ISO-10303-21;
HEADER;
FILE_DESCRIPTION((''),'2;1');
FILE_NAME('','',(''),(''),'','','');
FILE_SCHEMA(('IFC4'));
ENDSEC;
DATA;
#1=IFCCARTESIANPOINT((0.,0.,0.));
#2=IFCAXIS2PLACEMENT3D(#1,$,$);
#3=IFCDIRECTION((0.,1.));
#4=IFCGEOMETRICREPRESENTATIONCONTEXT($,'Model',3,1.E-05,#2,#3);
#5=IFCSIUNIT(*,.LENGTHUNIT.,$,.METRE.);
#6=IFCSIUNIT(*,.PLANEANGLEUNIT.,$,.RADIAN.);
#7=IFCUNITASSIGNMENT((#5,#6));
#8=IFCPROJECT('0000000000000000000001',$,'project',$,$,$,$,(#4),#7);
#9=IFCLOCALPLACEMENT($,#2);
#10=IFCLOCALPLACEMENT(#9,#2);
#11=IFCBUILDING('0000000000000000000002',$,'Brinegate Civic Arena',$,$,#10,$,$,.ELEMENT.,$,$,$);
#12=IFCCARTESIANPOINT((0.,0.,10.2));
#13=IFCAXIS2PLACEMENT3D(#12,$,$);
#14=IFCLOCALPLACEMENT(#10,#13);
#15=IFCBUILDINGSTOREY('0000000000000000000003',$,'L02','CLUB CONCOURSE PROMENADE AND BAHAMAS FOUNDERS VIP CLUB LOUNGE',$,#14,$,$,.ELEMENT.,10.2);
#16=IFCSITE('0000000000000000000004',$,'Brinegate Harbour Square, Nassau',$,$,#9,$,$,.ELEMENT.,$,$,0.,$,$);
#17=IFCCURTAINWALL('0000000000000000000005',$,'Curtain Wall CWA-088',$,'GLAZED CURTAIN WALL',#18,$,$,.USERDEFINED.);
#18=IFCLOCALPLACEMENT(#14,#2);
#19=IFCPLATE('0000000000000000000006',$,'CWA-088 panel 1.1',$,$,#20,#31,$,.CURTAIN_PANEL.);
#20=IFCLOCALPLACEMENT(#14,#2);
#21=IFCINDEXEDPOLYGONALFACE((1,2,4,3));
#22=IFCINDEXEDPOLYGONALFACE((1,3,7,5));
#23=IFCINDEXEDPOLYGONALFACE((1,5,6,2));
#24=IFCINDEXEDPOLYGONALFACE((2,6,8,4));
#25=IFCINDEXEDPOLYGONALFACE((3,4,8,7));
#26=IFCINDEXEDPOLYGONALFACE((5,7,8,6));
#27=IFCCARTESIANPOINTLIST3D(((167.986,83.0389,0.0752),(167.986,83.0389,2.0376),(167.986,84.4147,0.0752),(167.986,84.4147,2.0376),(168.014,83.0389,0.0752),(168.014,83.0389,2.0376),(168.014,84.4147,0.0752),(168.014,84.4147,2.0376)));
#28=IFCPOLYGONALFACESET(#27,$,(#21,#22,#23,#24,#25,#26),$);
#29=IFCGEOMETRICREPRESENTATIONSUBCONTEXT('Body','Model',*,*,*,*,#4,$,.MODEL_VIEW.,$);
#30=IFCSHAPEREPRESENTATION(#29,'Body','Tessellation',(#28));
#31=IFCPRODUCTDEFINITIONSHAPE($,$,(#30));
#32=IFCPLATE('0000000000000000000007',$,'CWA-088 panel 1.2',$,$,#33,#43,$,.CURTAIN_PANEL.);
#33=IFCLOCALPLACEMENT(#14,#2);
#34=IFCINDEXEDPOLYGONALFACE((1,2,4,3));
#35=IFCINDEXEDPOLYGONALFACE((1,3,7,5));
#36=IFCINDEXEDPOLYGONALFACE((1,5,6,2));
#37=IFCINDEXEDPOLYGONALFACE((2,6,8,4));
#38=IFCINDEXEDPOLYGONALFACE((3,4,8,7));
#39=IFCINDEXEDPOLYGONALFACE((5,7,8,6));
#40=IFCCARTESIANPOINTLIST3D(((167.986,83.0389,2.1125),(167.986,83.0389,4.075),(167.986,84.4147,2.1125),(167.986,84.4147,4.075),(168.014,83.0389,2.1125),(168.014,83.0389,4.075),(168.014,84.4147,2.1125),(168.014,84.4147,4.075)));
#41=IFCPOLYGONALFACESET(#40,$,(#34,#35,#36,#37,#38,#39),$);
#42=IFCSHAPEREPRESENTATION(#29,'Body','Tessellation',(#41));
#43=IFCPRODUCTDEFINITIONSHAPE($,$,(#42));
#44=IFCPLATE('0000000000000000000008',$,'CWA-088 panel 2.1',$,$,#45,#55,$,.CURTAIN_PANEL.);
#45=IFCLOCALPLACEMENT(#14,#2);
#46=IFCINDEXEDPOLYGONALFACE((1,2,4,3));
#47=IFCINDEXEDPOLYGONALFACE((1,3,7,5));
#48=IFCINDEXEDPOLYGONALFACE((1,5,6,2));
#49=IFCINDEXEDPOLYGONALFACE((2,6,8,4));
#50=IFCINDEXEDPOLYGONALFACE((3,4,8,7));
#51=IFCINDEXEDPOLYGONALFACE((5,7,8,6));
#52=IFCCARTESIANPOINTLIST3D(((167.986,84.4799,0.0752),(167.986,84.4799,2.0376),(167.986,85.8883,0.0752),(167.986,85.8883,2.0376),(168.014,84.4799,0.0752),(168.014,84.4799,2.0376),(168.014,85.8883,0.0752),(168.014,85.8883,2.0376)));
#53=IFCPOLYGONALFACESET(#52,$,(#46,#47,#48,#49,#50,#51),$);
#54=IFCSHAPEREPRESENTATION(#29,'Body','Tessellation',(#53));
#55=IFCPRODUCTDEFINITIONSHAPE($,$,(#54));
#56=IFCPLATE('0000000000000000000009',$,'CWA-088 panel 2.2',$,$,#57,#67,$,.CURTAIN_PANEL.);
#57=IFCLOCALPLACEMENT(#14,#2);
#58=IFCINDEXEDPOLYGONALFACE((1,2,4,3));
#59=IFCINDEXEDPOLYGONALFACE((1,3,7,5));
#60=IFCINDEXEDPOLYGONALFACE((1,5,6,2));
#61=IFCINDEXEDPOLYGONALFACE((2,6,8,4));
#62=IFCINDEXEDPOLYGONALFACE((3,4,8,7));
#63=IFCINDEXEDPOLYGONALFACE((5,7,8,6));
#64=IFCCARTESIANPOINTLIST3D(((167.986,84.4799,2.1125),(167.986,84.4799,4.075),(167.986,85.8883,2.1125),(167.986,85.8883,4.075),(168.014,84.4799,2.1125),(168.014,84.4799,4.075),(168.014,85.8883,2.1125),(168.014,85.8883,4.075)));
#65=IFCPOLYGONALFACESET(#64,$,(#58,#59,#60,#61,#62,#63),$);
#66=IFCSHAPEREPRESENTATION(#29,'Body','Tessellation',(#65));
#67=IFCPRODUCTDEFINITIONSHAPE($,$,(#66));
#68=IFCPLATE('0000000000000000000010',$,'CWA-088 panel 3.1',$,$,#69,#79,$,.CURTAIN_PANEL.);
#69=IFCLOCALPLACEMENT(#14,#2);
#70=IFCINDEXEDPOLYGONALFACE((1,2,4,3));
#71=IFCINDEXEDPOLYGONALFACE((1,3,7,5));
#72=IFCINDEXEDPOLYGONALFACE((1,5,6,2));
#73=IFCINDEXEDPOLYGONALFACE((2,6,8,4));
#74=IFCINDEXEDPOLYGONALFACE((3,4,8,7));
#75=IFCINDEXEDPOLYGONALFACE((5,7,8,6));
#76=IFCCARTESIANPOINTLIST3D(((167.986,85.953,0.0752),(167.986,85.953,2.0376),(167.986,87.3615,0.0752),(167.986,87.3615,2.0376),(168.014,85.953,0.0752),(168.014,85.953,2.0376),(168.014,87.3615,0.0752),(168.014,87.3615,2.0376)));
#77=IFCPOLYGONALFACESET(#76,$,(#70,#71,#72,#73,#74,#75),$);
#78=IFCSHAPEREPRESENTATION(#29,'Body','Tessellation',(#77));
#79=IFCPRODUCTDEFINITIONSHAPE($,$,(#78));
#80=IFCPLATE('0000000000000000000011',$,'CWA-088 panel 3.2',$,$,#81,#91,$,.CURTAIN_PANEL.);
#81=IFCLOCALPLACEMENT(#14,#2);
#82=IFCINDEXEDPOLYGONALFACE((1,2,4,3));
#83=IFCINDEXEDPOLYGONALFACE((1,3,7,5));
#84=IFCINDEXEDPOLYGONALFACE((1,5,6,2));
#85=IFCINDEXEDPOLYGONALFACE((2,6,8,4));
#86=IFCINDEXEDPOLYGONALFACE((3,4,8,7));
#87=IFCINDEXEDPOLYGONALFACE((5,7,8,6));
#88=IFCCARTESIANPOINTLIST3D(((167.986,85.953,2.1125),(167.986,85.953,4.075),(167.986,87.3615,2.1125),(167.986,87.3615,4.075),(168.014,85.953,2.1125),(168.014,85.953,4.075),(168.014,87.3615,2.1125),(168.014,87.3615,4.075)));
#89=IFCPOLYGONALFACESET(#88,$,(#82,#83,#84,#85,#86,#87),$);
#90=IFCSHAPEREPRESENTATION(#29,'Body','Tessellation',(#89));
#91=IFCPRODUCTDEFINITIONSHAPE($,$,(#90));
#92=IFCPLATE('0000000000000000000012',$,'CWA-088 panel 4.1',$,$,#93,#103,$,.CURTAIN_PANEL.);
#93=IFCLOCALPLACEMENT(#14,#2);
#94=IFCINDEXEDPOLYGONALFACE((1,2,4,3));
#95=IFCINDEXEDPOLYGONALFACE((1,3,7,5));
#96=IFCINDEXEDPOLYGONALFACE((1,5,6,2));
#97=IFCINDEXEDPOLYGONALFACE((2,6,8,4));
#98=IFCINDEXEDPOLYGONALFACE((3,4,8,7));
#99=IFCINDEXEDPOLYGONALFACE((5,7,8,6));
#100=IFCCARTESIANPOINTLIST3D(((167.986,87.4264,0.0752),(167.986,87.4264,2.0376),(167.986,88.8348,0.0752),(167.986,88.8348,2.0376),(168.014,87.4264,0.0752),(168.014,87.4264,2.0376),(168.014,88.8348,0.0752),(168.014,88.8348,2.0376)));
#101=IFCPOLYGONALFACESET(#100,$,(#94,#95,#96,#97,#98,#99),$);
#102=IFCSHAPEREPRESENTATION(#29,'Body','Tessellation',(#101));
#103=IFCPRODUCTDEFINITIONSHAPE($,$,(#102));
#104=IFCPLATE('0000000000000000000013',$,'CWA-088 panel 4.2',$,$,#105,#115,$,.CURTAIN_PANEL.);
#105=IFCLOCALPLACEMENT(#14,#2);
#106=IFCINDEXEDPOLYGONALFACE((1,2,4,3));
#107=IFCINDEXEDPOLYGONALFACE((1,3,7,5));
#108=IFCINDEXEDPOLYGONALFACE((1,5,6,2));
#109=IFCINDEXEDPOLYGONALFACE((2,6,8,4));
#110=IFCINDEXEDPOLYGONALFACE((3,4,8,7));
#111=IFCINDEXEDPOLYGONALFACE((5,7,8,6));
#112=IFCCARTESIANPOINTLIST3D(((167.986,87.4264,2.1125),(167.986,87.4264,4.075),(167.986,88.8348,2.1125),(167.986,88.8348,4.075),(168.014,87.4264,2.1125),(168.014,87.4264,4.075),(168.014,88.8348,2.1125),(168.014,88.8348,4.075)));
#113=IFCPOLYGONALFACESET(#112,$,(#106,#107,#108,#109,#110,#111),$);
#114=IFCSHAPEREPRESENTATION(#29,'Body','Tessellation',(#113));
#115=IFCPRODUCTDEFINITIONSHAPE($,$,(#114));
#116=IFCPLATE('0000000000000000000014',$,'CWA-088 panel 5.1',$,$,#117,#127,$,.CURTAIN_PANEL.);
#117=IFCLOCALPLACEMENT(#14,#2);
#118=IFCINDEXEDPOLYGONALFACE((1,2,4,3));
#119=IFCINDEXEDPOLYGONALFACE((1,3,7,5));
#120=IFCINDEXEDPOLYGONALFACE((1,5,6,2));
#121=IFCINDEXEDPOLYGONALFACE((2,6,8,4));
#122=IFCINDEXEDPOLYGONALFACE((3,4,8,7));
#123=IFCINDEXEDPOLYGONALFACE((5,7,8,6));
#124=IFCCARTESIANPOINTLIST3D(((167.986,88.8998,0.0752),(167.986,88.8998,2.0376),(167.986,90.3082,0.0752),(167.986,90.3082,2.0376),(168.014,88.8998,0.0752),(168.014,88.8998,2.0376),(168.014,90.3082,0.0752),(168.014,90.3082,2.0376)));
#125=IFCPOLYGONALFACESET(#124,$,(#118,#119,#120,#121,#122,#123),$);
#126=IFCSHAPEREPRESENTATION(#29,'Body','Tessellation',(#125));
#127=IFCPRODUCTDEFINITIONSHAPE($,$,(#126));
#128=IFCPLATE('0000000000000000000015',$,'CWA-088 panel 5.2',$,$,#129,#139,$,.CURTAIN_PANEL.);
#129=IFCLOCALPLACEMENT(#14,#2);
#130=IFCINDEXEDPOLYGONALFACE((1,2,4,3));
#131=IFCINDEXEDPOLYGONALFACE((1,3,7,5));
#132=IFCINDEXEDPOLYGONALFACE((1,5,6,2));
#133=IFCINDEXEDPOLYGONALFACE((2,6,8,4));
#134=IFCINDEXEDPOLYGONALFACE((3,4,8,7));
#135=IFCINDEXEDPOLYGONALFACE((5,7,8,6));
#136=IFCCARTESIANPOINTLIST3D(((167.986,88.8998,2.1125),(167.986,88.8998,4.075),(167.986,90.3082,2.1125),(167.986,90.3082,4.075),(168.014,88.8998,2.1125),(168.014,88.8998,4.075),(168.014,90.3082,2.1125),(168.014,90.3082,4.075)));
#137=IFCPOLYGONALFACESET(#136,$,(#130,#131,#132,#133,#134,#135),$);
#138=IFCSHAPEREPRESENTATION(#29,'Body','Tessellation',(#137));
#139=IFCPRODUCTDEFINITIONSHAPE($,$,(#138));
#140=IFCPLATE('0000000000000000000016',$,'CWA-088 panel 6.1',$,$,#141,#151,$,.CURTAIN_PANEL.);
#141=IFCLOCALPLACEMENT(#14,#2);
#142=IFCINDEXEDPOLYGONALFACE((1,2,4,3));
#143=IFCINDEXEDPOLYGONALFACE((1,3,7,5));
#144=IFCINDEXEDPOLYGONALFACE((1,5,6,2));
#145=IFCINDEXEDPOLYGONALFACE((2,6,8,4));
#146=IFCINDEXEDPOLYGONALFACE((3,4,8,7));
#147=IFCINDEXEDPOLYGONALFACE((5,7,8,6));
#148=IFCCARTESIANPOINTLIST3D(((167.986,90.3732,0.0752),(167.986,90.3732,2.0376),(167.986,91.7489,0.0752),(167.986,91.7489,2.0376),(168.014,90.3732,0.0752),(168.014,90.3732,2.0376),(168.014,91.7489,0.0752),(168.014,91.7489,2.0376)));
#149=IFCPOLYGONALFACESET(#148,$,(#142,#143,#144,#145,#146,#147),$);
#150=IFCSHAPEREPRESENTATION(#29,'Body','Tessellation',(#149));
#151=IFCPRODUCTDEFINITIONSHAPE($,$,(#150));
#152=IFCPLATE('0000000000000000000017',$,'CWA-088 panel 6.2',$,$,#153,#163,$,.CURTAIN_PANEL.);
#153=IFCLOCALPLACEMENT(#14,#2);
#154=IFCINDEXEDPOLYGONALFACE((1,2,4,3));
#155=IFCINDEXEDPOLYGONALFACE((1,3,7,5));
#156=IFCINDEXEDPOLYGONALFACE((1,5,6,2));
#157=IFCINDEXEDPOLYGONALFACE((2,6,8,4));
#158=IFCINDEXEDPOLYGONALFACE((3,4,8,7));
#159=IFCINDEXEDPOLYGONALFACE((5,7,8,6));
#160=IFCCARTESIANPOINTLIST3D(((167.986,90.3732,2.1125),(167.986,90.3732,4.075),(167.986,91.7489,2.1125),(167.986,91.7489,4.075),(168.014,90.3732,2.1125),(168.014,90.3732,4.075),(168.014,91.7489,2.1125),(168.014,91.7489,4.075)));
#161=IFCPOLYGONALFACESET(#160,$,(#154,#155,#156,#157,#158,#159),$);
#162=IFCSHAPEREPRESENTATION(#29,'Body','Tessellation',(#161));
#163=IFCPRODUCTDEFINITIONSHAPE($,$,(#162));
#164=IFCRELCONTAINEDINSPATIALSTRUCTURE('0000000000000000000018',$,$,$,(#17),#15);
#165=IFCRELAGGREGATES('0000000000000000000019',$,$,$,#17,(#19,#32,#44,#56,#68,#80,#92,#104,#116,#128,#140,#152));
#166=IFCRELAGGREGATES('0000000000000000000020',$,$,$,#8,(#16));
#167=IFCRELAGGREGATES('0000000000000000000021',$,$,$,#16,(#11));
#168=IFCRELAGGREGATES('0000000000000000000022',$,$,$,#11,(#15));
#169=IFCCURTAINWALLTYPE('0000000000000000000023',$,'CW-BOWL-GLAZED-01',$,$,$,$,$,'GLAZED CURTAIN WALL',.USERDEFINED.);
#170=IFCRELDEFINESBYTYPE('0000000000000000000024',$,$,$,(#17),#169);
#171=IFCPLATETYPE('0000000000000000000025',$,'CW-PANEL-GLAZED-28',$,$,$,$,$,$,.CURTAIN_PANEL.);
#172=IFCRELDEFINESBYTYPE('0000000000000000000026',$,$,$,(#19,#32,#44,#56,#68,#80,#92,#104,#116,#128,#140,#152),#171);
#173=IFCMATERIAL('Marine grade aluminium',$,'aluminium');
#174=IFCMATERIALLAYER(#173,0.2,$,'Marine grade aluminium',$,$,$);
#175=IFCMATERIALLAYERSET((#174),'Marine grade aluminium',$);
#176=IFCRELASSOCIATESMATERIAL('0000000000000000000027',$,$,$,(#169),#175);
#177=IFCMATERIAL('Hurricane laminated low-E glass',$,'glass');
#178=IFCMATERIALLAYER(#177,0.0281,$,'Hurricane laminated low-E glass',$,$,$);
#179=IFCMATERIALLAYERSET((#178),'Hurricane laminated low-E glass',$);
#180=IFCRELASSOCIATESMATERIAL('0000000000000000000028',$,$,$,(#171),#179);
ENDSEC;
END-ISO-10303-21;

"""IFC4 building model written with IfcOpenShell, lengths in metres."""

from ifc_helpers import new_model, si_unit, direction, frame, origin, origin_2d, place, context, subcontext, project, spatial, rectangle, extrude, material, layer, layer_set, type_object, element, aggregate, save


model = new_model("IFC4")

# Units and contexts
model_context = context("Model", 3, precision=1e-05, world=origin(), true_north=direction((0.0, 1.0)))
body_context = subcontext(model_context, "Body", "Model", "MODEL_VIEW")
ifc_project = project(units=[si_unit("LENGTHUNIT", "METRE"), si_unit("PLANEANGLEUNIT", "RADIAN")], contexts=[model_context])

# Site, building, storey
site_placement = place(None, origin())
site = spatial("IfcSite", under=ifc_project, at=site_placement, Name="Brinegate Harbour Square, Nassau", CompositionType="ELEMENT", RefElevation=0.0)
building_placement = place(site_placement, origin())
building = spatial("IfcBuilding", under=site, at=building_placement, Name="Brinegate Civic Arena", CompositionType="ELEMENT")
storey_placement = place(building_placement, frame((0.0, 0.0, 10.2)))
storey = spatial("IfcBuildingStorey", under=building, at=storey_placement, Name="L02", Description="CLUB CONCOURSE PROMENADE AND BAHAMAS FOUNDERS VIP CLUB LOUNGE", CompositionType="ELEMENT", Elevation=10.2)

# Curtain wall
ifc_material_1 = material(Name="Marine grade aluminium", Category="aluminium")
ifc_layer_1 = layer(ifc_material_1, 0.2, Name="Marine grade aluminium")
ifc_layer_set_1 = layer_set([ifc_layer_1], Name="Marine grade aluminium")
curtain_wall_type = type_object("IfcCurtainWallType", Name="CW-BOWL-GLAZED-01", ElementType="GLAZED CURTAIN WALL", PredefinedType="USERDEFINED", material=ifc_layer_set_1)
curtain_wall_placement = place(storey_placement, origin())
curtain_wall = element("IfcCurtainWall", 1, at=curtain_wall_placement, inside=storey, type_object=curtain_wall_type, Name="Curtain Wall CWA-088", ObjectType="GLAZED CURTAIN WALL", PredefinedType="USERDEFINED")

# Plates
ifc_material_2 = material(Name="Hurricane laminated low-E glass", Category="glass")
ifc_layer_2 = layer(ifc_material_2, 0.0281, Name="Hurricane laminated low-E glass")
ifc_layer_set_2 = layer_set([ifc_layer_2], Name="Hurricane laminated low-E glass")
plate_type = type_object("IfcPlateType", Name="CW-PANEL-GLAZED-28", PredefinedType="CURTAIN_PANEL", material=ifc_layer_set_2)
plate_1_placement = place(storey_placement, frame((168.0, 83.7268, 0.0752), z_axis=(0.0, 0.0, 1.0), x_axis=(0.0, 1.0, 0.0)))
plate_1 = element("IfcPlate", 2, at=plate_1_placement, type_object=plate_type, Name="CWA-088 panel 1.1", PredefinedType="CURTAIN_PANEL", context=body_context, shape_type="SweptSolid", body=[
    extrude(rectangle(XDim=1.3757, YDim=0.0281, at=origin_2d()), origin(), (0.0, 0.0, 1.0), 1.9624),
])
plate_2_placement = place(storey_placement, frame((168.0, 83.7268, 2.1125), z_axis=(0.0, 0.0, 1.0), x_axis=(0.0, 1.0, 0.0)))
plate_2 = element("IfcPlate", 3, at=plate_2_placement, type_object=plate_type, Name="CWA-088 panel 1.2", PredefinedType="CURTAIN_PANEL", context=body_context, shape_type="SweptSolid", body=[
    extrude(rectangle(XDim=1.3757, YDim=0.0281, at=origin_2d()), origin(), (0.0, 0.0, 1.0), 1.9624),
])
plate_3_placement = place(storey_placement, frame((168.0, 85.1841, 0.0752), z_axis=(0.0, 0.0, 1.0), x_axis=(0.0, 1.0, 0.0)))
plate_3 = element("IfcPlate", 4, at=plate_3_placement, type_object=plate_type, Name="CWA-088 panel 2.1", PredefinedType="CURTAIN_PANEL", context=body_context, shape_type="SweptSolid", body=[
    extrude(rectangle(XDim=1.4084, YDim=0.0281, at=origin_2d()), origin(), (0.0, 0.0, 1.0), 1.9624),
])
plate_4_placement = place(storey_placement, frame((168.0, 85.1841, 2.1125), z_axis=(0.0, 0.0, 1.0), x_axis=(0.0, 1.0, 0.0)))
plate_4 = element("IfcPlate", 5, at=plate_4_placement, type_object=plate_type, Name="CWA-088 panel 2.2", PredefinedType="CURTAIN_PANEL", context=body_context, shape_type="SweptSolid", body=[
    extrude(rectangle(XDim=1.4084, YDim=0.0281, at=origin_2d()), origin(), (0.0, 0.0, 1.0), 1.9624),
])
plate_5_placement = place(storey_placement, frame((168.0, 86.6572, 0.0752), z_axis=(0.0, 0.0, 1.0), x_axis=(0.0, 1.0, 0.0)))
plate_5 = element("IfcPlate", 6, at=plate_5_placement, type_object=plate_type, Name="CWA-088 panel 3.1", PredefinedType="CURTAIN_PANEL", context=body_context, shape_type="SweptSolid", body=[
    extrude(rectangle(XDim=1.4084, YDim=0.0281, at=origin_2d()), origin(), (0.0, 0.0, 1.0), 1.9624),
])
plate_6_placement = place(storey_placement, frame((168.0, 86.6572, 2.1125), z_axis=(0.0, 0.0, 1.0), x_axis=(0.0, 1.0, 0.0)))
plate_6 = element("IfcPlate", 7, at=plate_6_placement, type_object=plate_type, Name="CWA-088 panel 3.2", PredefinedType="CURTAIN_PANEL", context=body_context, shape_type="SweptSolid", body=[
    extrude(rectangle(XDim=1.4084, YDim=0.0281, at=origin_2d()), origin(), (0.0, 0.0, 1.0), 1.9624),
])
plate_7_placement = place(storey_placement, frame((168.0, 88.1306, 0.0752), z_axis=(0.0, 0.0, 1.0), x_axis=(0.0, 1.0, 0.0)))
plate_7 = element("IfcPlate", 8, at=plate_7_placement, type_object=plate_type, Name="CWA-088 panel 4.1", PredefinedType="CURTAIN_PANEL", context=body_context, shape_type="SweptSolid", body=[
    extrude(rectangle(XDim=1.4084, YDim=0.0281, at=origin_2d()), origin(), (0.0, 0.0, 1.0), 1.9624),
])
plate_8_placement = place(storey_placement, frame((168.0, 88.1306, 2.1125), z_axis=(0.0, 0.0, 1.0), x_axis=(0.0, 1.0, 0.0)))
plate_8 = element("IfcPlate", 9, at=plate_8_placement, type_object=plate_type, Name="CWA-088 panel 4.2", PredefinedType="CURTAIN_PANEL", context=body_context, shape_type="SweptSolid", body=[
    extrude(rectangle(XDim=1.4084, YDim=0.0281, at=origin_2d()), origin(), (0.0, 0.0, 1.0), 1.9624),
])
plate_9_placement = place(storey_placement, frame((168.0, 89.604, 0.0752), z_axis=(0.0, 0.0, 1.0), x_axis=(0.0, 1.0, 0.0)))
plate_9 = element("IfcPlate", 10, at=plate_9_placement, type_object=plate_type, Name="CWA-088 panel 5.1", PredefinedType="CURTAIN_PANEL", context=body_context, shape_type="SweptSolid", body=[
    extrude(rectangle(XDim=1.4084, YDim=0.0281, at=origin_2d()), origin(), (0.0, 0.0, 1.0), 1.9624),
])
plate_10_placement = place(storey_placement, frame((168.0, 89.604, 2.1125), z_axis=(0.0, 0.0, 1.0), x_axis=(0.0, 1.0, 0.0)))
plate_10 = element("IfcPlate", 11, at=plate_10_placement, type_object=plate_type, Name="CWA-088 panel 5.2", PredefinedType="CURTAIN_PANEL", context=body_context, shape_type="SweptSolid", body=[
    extrude(rectangle(XDim=1.4084, YDim=0.0281, at=origin_2d()), origin(), (0.0, 0.0, 1.0), 1.9624),
])
plate_11_placement = place(storey_placement, frame((168.0, 91.061, 0.0752), z_axis=(0.0, 0.0, 1.0), x_axis=(0.0, 1.0, 0.0)))
plate_11 = element("IfcPlate", 12, at=plate_11_placement, type_object=plate_type, Name="CWA-088 panel 6.1", PredefinedType="CURTAIN_PANEL", context=body_context, shape_type="SweptSolid", body=[
    extrude(rectangle(XDim=1.3757, YDim=0.0281, at=origin_2d()), origin(), (0.0, 0.0, 1.0), 1.9624),
])
plate_12_placement = place(storey_placement, frame((168.0, 91.061, 2.1125), z_axis=(0.0, 0.0, 1.0), x_axis=(0.0, 1.0, 0.0)))
plate_12 = element("IfcPlate", 13, at=plate_12_placement, type_object=plate_type, Name="CWA-088 panel 6.2", PredefinedType="CURTAIN_PANEL", context=body_context, shape_type="SweptSolid", body=[
    extrude(rectangle(XDim=1.3757, YDim=0.0281, at=origin_2d()), origin(), (0.0, 0.0, 1.0), 1.9624),
])
aggregate(curtain_wall, [plate_1, plate_2, plate_3, plate_4, plate_5, plate_6, plate_7, plate_8, plate_9, plate_10, plate_11, plate_12])

save(model, "model.ifc")
